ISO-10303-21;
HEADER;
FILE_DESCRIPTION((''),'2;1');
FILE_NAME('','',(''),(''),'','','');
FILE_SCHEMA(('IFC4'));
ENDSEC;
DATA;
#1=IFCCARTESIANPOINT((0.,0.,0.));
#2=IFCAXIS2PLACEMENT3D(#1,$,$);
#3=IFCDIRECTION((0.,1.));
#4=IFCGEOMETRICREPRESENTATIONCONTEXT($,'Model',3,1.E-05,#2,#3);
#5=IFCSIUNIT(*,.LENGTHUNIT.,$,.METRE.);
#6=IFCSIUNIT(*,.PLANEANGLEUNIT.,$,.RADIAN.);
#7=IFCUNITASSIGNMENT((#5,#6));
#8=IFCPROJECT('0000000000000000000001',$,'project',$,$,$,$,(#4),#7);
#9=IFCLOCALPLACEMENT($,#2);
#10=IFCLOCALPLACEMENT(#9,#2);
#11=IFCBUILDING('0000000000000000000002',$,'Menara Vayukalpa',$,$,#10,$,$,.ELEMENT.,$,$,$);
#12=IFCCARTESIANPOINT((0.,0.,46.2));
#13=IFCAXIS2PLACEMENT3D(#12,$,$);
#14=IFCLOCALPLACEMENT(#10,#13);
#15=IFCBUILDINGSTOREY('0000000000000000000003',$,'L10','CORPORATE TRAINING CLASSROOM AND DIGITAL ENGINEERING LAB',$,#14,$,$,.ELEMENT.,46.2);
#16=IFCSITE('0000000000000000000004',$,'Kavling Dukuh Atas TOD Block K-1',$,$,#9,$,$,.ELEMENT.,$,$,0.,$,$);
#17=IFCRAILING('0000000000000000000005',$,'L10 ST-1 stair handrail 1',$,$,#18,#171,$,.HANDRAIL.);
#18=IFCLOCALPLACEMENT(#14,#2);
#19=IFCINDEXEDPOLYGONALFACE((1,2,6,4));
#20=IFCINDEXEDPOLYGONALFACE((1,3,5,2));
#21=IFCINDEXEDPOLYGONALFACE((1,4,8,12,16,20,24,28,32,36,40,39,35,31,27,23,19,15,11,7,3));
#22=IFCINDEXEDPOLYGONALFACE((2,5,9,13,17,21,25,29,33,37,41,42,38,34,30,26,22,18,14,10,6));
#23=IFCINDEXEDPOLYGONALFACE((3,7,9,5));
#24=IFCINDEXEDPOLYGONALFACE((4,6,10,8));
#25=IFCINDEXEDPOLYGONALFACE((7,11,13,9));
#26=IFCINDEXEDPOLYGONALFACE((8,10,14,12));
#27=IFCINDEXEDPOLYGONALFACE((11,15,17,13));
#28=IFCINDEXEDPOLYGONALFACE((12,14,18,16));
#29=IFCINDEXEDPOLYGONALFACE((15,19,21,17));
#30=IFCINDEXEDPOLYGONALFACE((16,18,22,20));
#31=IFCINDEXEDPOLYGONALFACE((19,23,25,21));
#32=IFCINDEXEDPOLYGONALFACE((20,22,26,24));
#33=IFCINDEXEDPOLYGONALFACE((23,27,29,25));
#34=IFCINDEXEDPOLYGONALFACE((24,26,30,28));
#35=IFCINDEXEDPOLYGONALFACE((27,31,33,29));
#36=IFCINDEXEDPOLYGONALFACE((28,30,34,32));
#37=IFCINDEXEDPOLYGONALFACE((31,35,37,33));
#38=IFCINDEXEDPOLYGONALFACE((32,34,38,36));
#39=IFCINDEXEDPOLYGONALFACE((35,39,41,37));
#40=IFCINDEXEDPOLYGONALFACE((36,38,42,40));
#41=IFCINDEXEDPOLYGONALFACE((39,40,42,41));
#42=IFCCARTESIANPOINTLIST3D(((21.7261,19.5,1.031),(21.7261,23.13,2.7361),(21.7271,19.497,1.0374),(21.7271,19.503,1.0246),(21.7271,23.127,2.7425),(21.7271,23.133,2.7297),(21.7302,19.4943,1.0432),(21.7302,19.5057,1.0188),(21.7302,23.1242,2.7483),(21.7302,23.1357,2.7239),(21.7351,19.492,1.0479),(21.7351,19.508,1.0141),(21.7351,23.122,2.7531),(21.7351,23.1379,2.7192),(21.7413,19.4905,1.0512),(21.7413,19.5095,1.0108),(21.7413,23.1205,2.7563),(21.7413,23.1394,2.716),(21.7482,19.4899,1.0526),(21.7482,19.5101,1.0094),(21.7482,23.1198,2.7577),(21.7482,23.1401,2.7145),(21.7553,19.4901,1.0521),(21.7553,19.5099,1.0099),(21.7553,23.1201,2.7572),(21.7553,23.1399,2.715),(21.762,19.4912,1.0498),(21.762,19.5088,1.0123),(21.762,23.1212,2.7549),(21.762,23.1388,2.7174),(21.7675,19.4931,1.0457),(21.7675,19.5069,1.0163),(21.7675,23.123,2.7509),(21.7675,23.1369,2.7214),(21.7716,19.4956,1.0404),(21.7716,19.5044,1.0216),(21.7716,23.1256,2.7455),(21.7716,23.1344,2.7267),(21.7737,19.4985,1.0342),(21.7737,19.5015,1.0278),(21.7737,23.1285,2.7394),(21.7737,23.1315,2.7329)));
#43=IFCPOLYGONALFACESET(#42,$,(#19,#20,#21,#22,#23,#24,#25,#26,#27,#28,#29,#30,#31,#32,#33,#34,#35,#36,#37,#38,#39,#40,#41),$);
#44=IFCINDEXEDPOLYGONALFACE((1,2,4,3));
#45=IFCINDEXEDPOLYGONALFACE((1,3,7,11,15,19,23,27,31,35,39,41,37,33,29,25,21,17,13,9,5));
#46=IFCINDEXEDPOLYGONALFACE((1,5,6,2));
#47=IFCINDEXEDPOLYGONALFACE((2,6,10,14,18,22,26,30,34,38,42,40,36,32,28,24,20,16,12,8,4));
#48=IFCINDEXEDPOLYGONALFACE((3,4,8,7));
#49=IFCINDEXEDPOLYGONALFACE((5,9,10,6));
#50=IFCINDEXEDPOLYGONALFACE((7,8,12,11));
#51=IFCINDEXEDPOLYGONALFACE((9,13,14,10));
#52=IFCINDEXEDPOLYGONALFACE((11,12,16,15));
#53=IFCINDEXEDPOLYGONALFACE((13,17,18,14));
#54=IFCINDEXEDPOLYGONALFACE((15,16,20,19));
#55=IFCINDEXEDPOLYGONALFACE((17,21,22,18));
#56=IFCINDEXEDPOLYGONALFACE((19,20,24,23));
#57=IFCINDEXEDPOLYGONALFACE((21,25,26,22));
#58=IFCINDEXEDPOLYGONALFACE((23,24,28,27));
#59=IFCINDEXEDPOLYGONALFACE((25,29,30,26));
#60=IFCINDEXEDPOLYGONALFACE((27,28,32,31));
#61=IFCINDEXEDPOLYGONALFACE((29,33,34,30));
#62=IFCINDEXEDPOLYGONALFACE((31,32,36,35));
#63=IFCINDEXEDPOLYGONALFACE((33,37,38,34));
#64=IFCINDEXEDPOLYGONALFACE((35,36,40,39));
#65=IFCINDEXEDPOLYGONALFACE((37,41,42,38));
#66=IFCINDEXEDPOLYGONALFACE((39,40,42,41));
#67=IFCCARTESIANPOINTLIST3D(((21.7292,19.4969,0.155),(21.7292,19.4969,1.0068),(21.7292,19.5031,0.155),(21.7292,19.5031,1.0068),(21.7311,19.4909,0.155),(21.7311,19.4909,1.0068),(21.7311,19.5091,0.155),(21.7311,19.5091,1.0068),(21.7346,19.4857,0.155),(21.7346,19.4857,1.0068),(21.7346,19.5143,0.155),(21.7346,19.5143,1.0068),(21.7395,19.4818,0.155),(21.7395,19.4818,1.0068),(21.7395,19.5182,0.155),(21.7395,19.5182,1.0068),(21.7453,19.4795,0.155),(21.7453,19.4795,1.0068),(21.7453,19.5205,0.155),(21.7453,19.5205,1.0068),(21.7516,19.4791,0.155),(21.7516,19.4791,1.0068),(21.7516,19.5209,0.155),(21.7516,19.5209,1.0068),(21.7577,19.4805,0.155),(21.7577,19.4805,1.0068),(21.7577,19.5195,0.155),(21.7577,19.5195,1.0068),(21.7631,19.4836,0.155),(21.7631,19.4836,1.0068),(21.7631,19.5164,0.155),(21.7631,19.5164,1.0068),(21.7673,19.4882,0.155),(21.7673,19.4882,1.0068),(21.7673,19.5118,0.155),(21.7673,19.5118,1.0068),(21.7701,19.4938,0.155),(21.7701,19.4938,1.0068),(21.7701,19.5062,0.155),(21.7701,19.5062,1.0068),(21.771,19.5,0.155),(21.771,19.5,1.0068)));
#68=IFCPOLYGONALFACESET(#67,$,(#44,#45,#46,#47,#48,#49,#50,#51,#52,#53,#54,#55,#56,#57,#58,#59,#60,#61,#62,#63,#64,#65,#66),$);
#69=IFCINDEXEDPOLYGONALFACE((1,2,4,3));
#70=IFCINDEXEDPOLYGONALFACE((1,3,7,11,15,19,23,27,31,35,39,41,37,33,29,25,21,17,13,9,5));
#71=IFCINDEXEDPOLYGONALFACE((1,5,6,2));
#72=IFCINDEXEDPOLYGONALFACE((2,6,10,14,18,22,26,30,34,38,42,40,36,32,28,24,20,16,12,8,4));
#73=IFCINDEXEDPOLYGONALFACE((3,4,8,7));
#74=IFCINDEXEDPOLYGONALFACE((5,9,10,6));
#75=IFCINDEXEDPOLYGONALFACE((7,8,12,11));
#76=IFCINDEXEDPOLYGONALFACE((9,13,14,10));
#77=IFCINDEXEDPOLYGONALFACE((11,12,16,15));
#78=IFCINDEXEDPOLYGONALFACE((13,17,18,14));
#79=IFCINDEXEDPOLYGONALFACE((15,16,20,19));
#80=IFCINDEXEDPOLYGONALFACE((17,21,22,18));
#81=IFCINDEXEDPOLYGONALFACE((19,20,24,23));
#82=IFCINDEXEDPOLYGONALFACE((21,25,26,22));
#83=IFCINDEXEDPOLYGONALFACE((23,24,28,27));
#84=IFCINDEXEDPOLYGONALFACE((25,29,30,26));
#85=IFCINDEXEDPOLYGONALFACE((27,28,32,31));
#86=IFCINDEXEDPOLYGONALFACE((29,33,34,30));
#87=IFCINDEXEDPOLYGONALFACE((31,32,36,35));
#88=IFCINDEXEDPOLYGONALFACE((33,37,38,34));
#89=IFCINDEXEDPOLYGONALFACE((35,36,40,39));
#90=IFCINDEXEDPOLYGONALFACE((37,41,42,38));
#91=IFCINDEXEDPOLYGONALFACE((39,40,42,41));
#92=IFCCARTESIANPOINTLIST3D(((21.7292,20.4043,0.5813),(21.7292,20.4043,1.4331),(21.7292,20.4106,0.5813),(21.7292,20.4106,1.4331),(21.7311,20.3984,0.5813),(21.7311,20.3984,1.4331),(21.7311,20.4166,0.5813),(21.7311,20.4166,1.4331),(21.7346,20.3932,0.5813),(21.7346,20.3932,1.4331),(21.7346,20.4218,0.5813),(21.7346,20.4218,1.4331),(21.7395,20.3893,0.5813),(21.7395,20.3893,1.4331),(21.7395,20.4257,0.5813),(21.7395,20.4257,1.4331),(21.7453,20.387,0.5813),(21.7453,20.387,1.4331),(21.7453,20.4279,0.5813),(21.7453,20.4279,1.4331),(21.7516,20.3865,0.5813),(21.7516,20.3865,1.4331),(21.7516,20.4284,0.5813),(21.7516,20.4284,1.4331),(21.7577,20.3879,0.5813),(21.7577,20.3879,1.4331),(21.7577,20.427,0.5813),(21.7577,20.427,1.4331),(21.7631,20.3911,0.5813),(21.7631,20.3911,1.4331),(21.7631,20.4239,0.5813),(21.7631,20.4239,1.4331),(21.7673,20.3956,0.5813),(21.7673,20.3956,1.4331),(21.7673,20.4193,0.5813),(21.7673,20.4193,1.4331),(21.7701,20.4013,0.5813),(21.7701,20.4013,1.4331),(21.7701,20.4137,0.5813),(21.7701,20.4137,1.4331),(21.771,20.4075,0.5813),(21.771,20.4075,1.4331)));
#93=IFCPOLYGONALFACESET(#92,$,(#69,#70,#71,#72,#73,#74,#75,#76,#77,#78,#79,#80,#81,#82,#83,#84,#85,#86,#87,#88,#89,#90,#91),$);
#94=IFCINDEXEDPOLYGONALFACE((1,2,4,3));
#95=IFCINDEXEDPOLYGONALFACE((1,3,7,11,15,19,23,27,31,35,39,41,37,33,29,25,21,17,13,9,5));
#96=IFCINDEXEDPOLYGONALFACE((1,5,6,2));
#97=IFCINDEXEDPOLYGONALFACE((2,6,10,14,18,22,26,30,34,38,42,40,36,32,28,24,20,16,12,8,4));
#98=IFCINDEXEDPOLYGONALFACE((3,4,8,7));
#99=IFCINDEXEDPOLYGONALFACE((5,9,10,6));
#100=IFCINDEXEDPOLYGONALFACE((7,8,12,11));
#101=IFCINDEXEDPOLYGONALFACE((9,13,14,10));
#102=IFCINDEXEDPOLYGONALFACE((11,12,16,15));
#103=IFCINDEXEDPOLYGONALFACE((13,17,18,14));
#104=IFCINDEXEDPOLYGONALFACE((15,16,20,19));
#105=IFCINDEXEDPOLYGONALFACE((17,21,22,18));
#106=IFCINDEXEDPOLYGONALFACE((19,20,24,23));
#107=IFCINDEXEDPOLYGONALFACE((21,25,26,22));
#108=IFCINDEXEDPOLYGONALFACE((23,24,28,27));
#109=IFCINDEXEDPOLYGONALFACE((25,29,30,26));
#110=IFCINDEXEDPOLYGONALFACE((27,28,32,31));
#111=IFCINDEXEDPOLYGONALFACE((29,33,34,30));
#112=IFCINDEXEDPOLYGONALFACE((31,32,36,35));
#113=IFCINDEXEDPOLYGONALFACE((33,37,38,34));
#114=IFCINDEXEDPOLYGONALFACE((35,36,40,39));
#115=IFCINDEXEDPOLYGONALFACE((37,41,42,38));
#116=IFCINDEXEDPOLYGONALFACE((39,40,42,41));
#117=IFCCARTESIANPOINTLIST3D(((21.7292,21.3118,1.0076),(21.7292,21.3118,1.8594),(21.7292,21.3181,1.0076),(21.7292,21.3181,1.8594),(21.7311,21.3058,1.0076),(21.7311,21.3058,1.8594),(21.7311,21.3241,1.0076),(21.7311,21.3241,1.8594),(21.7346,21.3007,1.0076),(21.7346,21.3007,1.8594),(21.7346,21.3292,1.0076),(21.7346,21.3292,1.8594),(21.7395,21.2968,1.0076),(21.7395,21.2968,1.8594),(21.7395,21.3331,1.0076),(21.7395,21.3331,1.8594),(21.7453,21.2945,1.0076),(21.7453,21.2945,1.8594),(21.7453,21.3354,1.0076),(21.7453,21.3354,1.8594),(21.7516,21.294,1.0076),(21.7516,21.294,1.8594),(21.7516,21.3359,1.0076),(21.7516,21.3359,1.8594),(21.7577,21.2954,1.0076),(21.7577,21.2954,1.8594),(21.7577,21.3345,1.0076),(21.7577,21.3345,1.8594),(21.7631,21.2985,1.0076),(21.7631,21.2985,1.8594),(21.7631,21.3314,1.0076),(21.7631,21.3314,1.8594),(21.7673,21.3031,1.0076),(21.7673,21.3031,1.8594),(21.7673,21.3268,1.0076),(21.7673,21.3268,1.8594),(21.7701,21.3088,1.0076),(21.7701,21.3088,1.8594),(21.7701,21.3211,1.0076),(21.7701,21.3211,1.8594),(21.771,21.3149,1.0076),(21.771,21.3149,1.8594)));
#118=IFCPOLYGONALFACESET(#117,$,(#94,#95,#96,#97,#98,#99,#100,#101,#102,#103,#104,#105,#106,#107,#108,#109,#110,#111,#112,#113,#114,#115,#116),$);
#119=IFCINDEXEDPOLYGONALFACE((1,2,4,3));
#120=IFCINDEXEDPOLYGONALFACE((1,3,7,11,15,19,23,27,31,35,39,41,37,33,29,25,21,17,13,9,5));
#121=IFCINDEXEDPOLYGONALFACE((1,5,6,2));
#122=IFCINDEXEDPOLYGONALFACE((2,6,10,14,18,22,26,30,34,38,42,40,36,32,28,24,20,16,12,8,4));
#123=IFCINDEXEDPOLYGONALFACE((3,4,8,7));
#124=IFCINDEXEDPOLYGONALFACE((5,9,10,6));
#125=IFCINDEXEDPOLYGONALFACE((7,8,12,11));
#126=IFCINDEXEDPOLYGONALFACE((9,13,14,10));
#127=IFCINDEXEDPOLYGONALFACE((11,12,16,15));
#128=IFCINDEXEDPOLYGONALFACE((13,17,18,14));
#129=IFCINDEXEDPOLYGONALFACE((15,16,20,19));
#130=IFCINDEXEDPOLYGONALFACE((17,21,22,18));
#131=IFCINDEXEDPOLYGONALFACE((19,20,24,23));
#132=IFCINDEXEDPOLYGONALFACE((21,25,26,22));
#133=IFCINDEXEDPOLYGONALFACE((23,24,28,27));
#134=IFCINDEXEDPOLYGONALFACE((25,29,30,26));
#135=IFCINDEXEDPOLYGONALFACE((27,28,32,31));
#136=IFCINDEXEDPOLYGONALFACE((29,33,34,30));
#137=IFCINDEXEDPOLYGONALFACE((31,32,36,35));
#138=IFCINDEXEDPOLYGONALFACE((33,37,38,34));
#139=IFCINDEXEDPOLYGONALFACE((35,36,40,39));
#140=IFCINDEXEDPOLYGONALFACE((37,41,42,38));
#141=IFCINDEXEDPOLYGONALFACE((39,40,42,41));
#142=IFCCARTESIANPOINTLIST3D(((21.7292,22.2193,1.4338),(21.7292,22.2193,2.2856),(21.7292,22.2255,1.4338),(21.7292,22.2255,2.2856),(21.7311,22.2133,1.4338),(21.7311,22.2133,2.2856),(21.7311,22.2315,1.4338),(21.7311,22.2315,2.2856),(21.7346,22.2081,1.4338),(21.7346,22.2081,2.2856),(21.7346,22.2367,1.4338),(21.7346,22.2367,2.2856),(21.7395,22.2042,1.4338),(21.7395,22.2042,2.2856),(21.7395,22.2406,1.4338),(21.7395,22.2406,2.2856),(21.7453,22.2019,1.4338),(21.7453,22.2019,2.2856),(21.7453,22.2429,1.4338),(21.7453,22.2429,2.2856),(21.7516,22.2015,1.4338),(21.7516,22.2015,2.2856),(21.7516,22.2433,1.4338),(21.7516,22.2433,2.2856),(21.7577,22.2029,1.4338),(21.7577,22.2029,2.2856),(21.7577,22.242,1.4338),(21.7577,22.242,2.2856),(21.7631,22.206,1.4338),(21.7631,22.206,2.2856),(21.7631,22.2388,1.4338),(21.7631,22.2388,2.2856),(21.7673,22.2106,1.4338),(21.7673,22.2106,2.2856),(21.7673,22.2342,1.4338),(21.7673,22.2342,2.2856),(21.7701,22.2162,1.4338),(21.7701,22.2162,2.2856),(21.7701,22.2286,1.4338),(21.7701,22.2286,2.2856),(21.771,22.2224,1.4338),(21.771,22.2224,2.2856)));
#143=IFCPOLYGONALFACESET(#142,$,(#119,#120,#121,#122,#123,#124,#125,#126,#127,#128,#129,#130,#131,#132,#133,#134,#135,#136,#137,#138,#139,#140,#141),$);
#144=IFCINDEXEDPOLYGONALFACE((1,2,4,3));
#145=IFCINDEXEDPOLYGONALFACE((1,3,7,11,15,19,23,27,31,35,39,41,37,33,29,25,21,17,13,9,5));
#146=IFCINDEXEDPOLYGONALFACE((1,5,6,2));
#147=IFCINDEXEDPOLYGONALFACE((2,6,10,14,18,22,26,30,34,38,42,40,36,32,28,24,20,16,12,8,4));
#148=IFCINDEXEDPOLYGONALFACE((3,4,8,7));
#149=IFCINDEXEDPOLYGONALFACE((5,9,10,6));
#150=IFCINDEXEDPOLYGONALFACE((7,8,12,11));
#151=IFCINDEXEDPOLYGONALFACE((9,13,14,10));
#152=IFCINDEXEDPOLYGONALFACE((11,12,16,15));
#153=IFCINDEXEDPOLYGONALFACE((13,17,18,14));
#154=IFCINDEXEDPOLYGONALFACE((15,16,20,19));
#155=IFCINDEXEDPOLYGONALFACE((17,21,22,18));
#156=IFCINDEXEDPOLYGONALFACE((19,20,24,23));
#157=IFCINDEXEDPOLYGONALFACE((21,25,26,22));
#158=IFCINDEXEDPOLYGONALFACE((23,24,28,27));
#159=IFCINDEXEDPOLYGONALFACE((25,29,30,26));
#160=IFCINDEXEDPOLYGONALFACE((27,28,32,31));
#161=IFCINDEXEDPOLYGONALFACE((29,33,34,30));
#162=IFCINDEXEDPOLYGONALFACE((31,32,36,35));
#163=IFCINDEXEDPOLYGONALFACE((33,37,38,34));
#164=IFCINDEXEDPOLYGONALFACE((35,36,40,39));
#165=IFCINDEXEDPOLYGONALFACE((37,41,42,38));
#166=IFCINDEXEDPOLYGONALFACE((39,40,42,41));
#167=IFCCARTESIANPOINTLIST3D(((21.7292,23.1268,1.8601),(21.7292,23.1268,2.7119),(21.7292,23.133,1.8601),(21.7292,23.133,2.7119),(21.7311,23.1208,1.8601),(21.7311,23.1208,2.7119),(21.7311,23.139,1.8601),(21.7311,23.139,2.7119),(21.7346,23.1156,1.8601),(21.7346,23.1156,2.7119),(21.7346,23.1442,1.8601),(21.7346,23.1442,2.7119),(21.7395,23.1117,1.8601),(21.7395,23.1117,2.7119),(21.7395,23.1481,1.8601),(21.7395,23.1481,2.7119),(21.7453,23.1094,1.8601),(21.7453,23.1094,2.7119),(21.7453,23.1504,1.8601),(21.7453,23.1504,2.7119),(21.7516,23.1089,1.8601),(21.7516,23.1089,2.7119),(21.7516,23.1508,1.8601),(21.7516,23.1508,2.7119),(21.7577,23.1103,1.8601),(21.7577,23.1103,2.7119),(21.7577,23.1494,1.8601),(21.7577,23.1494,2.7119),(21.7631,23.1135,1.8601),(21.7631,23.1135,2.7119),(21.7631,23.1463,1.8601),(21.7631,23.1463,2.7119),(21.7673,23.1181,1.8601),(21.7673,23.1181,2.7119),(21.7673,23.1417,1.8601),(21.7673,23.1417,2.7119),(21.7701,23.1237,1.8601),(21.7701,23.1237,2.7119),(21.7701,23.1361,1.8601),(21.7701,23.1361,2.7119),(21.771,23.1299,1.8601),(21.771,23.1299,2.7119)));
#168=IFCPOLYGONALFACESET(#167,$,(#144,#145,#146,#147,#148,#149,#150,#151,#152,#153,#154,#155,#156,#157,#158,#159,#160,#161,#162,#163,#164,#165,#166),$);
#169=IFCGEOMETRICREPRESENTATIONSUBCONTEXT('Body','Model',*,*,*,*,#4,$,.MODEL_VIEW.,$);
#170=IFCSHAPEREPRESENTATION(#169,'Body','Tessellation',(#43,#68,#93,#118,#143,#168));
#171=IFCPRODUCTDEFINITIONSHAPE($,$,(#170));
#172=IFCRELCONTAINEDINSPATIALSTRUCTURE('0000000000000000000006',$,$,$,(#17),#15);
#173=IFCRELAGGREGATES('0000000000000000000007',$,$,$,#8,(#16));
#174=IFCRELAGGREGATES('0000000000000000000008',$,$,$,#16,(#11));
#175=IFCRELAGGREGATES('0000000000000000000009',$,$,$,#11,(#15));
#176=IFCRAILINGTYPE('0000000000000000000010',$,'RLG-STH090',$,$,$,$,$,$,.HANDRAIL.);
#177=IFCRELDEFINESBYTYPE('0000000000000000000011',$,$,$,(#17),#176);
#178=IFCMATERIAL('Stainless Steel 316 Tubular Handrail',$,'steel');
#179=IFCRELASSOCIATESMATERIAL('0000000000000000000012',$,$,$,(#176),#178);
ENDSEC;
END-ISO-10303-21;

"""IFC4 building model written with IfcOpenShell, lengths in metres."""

from ifc_helpers import new_model, si_unit, direction, frame, origin, origin_2d, place, context, subcontext, project, spatial, circle, extrude, material, type_object, element, save


model = new_model("IFC4")

# Units and contexts
model_context = context("Model", 3, precision=1e-05, world=origin(), true_north=direction((0.0, 1.0)))
body_context = subcontext(model_context, "Body", "Model", "MODEL_VIEW")
ifc_project = project(units=[si_unit("LENGTHUNIT", "METRE"), si_unit("PLANEANGLEUNIT", "RADIAN")], contexts=[model_context])

# Site, building, storey
site_placement = place(None, origin())
site = spatial("IfcSite", under=ifc_project, at=site_placement, Name="Kavling Dukuh Atas TOD Block K-1", CompositionType="ELEMENT", RefElevation=0.0)
building_placement = place(site_placement, origin())
building = spatial("IfcBuilding", under=site, at=building_placement, Name="Menara Vayukalpa", CompositionType="ELEMENT")
storey_placement = place(building_placement, frame((0.0, 0.0, 46.2)))
storey = spatial("IfcBuildingStorey", under=building, at=storey_placement, Name="L10", Description="CORPORATE TRAINING CLASSROOM AND DIGITAL ENGINEERING LAB", CompositionType="ELEMENT", Elevation=46.2)

# Railing
ifc_material_1 = material(Name="Stainless Steel 316 Tubular Handrail", Category="steel")
railing_type_1 = type_object("IfcRailingType", Name="RLG-STH090", PredefinedType="HANDRAIL", material=ifc_material_1)
railing_1_placement = place(storey_placement, frame((21.75, 19.5, 0.155)))
element("IfcRailing", 1, at=railing_1_placement, inside=storey, type_object=railing_type_1, Name="L10 ST-1 stair handrail 1", PredefinedType="HANDRAIL", context=body_context, shape_type="SweptSolid", body=[
    extrude(circle(Radius=0.0239, at=origin_2d()), frame((0.0, 0.0, 0.876), z_axis=(0.0, 0.905116, 0.425164), x_axis=(-1.0, 0.0, 0.0)), (0.0, 0.0, 1.0), 4.0105),
    extrude(circle(Radius=0.021, at=origin_2d()), origin(), (0.0, 0.0, 1.0), 0.8518),
    extrude(circle(Radius=0.021, at=origin_2d()), frame((0.0, 0.9075, 0.4263)), (0.0, 0.0, 1.0), 0.8518),
    extrude(circle(Radius=0.021, at=origin_2d()), frame((0.0, 1.8149, 0.8525)), (0.0, 0.0, 1.0), 0.8518),
    extrude(circle(Radius=0.021, at=origin_2d()), frame((0.0, 2.7224, 1.2788)), (0.0, 0.0, 1.0), 0.8518),
    extrude(circle(Radius=0.021, at=origin_2d()), frame((0.0, 3.6299, 1.7051)), (0.0, 0.0, 1.0), 0.8518),
])

save(model, "model.ifc")
